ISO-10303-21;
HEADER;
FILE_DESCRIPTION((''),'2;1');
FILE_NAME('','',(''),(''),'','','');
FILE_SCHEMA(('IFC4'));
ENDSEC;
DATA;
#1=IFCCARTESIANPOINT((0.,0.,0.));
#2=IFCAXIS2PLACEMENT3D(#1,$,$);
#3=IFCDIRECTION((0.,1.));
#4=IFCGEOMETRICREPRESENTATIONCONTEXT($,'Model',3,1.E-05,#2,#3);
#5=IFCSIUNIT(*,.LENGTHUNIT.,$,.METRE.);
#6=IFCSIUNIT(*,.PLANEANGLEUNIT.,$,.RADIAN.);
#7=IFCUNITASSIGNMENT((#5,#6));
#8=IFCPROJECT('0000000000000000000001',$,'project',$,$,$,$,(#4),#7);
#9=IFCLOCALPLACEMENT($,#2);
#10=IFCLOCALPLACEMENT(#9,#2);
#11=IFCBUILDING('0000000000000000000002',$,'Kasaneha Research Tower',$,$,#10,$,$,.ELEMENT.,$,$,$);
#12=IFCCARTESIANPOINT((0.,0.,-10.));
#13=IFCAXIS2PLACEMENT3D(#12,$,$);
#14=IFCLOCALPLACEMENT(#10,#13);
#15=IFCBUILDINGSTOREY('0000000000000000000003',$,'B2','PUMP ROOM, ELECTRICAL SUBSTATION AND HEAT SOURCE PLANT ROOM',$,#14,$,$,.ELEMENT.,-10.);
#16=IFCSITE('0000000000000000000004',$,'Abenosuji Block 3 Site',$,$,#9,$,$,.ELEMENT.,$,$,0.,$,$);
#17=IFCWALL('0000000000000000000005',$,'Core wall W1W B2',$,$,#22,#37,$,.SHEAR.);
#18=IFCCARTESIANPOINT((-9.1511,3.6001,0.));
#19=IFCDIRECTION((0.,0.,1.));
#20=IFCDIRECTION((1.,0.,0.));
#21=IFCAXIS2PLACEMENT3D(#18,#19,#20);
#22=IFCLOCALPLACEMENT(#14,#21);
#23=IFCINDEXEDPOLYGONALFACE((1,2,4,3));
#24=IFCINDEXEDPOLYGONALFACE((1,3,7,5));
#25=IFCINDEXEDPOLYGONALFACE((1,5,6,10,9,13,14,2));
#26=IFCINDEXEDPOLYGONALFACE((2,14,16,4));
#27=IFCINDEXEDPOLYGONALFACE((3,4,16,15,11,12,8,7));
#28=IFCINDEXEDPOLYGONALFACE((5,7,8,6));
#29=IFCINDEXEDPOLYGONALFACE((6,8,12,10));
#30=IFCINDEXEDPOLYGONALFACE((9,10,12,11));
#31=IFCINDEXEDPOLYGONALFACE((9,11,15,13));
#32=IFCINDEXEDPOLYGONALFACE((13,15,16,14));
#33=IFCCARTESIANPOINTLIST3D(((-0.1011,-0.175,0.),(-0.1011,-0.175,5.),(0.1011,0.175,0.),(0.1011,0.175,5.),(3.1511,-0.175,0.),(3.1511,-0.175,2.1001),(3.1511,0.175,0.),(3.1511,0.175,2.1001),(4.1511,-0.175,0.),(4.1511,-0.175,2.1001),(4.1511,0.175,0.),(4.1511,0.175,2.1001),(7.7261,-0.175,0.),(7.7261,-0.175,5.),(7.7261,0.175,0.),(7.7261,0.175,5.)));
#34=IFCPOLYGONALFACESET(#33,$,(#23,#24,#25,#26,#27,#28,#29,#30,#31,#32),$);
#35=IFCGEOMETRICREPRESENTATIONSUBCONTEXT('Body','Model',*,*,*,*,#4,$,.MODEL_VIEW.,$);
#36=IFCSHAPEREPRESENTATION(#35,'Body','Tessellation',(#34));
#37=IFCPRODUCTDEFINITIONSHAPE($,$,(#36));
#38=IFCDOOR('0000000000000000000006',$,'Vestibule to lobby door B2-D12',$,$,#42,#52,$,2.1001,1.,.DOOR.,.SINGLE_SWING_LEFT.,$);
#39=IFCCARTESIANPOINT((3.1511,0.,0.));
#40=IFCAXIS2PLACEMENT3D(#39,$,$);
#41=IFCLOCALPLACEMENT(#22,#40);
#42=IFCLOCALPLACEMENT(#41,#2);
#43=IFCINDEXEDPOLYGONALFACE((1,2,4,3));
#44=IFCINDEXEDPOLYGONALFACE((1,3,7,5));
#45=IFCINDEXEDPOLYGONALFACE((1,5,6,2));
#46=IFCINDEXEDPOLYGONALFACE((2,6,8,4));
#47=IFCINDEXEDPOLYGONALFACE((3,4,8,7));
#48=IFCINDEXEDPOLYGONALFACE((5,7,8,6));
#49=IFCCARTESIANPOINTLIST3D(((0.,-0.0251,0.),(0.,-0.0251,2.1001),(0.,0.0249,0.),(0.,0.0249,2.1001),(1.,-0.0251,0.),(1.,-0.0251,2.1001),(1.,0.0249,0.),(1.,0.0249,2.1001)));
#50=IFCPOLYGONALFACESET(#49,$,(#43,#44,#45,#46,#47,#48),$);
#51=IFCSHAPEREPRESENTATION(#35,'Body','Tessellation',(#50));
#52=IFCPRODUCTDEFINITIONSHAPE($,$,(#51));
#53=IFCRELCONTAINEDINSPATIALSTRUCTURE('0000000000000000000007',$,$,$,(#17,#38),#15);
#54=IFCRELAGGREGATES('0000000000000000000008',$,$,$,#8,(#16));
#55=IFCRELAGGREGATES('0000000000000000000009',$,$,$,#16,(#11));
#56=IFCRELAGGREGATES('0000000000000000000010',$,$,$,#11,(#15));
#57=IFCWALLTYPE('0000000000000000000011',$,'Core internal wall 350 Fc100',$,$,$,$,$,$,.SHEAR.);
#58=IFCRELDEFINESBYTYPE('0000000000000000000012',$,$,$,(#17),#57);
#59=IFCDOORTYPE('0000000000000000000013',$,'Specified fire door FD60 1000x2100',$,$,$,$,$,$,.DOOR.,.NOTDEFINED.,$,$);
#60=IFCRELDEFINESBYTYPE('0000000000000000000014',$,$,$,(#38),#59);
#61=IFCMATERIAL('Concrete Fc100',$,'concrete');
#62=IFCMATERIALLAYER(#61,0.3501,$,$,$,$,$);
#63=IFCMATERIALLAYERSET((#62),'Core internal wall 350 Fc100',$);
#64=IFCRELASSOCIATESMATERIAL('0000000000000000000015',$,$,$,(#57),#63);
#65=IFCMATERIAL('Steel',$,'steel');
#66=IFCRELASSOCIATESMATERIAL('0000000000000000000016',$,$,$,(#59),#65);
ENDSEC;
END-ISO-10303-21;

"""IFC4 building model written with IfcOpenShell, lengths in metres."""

from ifc_helpers import new_model, si_unit, direction, frame, frame_2d, origin, place, context, subcontext, project, spatial, polyline, rectangle, outline, extrude, material, layer, layer_set, type_object, element, fill, save


model = new_model("IFC4")

# Units and contexts
model_context = context("Model", 3, precision=1e-05, world=origin(), true_north=direction((0.0, 1.0)))
body_context = subcontext(model_context, "Body", "Model", "MODEL_VIEW")
ifc_project = project(units=[si_unit("LENGTHUNIT", "METRE"), si_unit("PLANEANGLEUNIT", "RADIAN")], contexts=[model_context])

# Site, building, storey
site_placement = place(None, origin())
site = spatial("IfcSite", under=ifc_project, at=site_placement, Name="Abenosuji Block 3 Site", CompositionType="ELEMENT", RefElevation=0.0)
building_placement = place(site_placement, origin())
building = spatial("IfcBuilding", under=site, at=building_placement, Name="Kasaneha Research Tower", CompositionType="ELEMENT")
storey_placement = place(building_placement, frame((0.0, 0.0, -10.0)))
storey = spatial("IfcBuildingStorey", under=building, at=storey_placement, Name="B2", Description="PUMP ROOM, ELECTRICAL SUBSTATION AND HEAT SOURCE PLANT ROOM", CompositionType="ELEMENT", Elevation=-10.0)

# Wall, opening, door
ifc_material_1 = material(Name="Concrete Fc100", Category="concrete")
ifc_layer_1 = layer(ifc_material_1, 0.3501)
ifc_layer_set_1 = layer_set([ifc_layer_1], Name="Core internal wall 350 Fc100")
wall_type_1 = type_object("IfcWallType", Name="Core internal wall 350 Fc100", PredefinedType="SHEAR", material=ifc_layer_set_1)
wall_1_placement = place(storey_placement, frame((-9.1511, 3.6001, 0.0), z_axis=(0.0, 0.0, 1.0), x_axis=(1.0, 0.0, 0.0)))
wall_1 = element("IfcWall", 1, at=wall_1_placement, inside=storey, type_object=wall_type_1, Name="Core wall W1W B2", PredefinedType="SHEAR", context=body_context, shape_type="SweptSolid", body=[
    extrude(outline(polyline([(-0.1011, -0.175), (3.1511, -0.175), (4.1511, -0.175), (7.7261, -0.175), (7.7261, 0.175), (4.1511, 0.175), (3.1511, 0.175), (0.1011, 0.175), (-0.1011, -0.175)])), origin(), (0.0, 0.0, 1.0), 5.0),
])
opening_1_placement = place(wall_1_placement, frame((3.1511, 0.0, 0.0)))
opening_1 = element("IfcOpeningElement", 2, at=opening_1_placement, cuts=wall_1, PredefinedType="OPENING", context=body_context, shape_type="SweptSolid", body=[
    extrude(rectangle(XDim=1.0, YDim=2.1001, at=frame_2d((0.5, 1.05))), frame((0.0, 0.1851, 0.0), z_axis=(0.0, -1.0, 0.0), x_axis=(1.0, 0.0, 0.0)), (0.0, 0.0, 1.0), 0.3701),
])
ifc_material_2 = material(Name="Steel", Category="steel")
door_type_1 = type_object("IfcDoorType", Name="Specified fire door FD60 1000x2100", OperationType="NOTDEFINED", PredefinedType="DOOR", material=ifc_material_2)
door_1_placement = place(opening_1_placement, origin())
door_1 = element("IfcDoor", 3, at=door_1_placement, inside=storey, type_object=door_type_1, Name="Vestibule to lobby door B2-D12", OperationType="SINGLE_SWING_LEFT", OverallHeight=2.1001, OverallWidth=1.0, PredefinedType="DOOR", context=body_context, shape_type="SweptSolid", body=[
    extrude(rectangle(XDim=1.0, YDim=2.1001, at=frame_2d((0.5, 1.05))), frame((0.0, 0.0249, 0.0), z_axis=(0.0, -1.0, 0.0), x_axis=(1.0, 0.0, 0.0)), (0.0, 0.0, 1.0), 0.05),
])
fill(opening_1, door_1)

save(model, "model.ifc")
